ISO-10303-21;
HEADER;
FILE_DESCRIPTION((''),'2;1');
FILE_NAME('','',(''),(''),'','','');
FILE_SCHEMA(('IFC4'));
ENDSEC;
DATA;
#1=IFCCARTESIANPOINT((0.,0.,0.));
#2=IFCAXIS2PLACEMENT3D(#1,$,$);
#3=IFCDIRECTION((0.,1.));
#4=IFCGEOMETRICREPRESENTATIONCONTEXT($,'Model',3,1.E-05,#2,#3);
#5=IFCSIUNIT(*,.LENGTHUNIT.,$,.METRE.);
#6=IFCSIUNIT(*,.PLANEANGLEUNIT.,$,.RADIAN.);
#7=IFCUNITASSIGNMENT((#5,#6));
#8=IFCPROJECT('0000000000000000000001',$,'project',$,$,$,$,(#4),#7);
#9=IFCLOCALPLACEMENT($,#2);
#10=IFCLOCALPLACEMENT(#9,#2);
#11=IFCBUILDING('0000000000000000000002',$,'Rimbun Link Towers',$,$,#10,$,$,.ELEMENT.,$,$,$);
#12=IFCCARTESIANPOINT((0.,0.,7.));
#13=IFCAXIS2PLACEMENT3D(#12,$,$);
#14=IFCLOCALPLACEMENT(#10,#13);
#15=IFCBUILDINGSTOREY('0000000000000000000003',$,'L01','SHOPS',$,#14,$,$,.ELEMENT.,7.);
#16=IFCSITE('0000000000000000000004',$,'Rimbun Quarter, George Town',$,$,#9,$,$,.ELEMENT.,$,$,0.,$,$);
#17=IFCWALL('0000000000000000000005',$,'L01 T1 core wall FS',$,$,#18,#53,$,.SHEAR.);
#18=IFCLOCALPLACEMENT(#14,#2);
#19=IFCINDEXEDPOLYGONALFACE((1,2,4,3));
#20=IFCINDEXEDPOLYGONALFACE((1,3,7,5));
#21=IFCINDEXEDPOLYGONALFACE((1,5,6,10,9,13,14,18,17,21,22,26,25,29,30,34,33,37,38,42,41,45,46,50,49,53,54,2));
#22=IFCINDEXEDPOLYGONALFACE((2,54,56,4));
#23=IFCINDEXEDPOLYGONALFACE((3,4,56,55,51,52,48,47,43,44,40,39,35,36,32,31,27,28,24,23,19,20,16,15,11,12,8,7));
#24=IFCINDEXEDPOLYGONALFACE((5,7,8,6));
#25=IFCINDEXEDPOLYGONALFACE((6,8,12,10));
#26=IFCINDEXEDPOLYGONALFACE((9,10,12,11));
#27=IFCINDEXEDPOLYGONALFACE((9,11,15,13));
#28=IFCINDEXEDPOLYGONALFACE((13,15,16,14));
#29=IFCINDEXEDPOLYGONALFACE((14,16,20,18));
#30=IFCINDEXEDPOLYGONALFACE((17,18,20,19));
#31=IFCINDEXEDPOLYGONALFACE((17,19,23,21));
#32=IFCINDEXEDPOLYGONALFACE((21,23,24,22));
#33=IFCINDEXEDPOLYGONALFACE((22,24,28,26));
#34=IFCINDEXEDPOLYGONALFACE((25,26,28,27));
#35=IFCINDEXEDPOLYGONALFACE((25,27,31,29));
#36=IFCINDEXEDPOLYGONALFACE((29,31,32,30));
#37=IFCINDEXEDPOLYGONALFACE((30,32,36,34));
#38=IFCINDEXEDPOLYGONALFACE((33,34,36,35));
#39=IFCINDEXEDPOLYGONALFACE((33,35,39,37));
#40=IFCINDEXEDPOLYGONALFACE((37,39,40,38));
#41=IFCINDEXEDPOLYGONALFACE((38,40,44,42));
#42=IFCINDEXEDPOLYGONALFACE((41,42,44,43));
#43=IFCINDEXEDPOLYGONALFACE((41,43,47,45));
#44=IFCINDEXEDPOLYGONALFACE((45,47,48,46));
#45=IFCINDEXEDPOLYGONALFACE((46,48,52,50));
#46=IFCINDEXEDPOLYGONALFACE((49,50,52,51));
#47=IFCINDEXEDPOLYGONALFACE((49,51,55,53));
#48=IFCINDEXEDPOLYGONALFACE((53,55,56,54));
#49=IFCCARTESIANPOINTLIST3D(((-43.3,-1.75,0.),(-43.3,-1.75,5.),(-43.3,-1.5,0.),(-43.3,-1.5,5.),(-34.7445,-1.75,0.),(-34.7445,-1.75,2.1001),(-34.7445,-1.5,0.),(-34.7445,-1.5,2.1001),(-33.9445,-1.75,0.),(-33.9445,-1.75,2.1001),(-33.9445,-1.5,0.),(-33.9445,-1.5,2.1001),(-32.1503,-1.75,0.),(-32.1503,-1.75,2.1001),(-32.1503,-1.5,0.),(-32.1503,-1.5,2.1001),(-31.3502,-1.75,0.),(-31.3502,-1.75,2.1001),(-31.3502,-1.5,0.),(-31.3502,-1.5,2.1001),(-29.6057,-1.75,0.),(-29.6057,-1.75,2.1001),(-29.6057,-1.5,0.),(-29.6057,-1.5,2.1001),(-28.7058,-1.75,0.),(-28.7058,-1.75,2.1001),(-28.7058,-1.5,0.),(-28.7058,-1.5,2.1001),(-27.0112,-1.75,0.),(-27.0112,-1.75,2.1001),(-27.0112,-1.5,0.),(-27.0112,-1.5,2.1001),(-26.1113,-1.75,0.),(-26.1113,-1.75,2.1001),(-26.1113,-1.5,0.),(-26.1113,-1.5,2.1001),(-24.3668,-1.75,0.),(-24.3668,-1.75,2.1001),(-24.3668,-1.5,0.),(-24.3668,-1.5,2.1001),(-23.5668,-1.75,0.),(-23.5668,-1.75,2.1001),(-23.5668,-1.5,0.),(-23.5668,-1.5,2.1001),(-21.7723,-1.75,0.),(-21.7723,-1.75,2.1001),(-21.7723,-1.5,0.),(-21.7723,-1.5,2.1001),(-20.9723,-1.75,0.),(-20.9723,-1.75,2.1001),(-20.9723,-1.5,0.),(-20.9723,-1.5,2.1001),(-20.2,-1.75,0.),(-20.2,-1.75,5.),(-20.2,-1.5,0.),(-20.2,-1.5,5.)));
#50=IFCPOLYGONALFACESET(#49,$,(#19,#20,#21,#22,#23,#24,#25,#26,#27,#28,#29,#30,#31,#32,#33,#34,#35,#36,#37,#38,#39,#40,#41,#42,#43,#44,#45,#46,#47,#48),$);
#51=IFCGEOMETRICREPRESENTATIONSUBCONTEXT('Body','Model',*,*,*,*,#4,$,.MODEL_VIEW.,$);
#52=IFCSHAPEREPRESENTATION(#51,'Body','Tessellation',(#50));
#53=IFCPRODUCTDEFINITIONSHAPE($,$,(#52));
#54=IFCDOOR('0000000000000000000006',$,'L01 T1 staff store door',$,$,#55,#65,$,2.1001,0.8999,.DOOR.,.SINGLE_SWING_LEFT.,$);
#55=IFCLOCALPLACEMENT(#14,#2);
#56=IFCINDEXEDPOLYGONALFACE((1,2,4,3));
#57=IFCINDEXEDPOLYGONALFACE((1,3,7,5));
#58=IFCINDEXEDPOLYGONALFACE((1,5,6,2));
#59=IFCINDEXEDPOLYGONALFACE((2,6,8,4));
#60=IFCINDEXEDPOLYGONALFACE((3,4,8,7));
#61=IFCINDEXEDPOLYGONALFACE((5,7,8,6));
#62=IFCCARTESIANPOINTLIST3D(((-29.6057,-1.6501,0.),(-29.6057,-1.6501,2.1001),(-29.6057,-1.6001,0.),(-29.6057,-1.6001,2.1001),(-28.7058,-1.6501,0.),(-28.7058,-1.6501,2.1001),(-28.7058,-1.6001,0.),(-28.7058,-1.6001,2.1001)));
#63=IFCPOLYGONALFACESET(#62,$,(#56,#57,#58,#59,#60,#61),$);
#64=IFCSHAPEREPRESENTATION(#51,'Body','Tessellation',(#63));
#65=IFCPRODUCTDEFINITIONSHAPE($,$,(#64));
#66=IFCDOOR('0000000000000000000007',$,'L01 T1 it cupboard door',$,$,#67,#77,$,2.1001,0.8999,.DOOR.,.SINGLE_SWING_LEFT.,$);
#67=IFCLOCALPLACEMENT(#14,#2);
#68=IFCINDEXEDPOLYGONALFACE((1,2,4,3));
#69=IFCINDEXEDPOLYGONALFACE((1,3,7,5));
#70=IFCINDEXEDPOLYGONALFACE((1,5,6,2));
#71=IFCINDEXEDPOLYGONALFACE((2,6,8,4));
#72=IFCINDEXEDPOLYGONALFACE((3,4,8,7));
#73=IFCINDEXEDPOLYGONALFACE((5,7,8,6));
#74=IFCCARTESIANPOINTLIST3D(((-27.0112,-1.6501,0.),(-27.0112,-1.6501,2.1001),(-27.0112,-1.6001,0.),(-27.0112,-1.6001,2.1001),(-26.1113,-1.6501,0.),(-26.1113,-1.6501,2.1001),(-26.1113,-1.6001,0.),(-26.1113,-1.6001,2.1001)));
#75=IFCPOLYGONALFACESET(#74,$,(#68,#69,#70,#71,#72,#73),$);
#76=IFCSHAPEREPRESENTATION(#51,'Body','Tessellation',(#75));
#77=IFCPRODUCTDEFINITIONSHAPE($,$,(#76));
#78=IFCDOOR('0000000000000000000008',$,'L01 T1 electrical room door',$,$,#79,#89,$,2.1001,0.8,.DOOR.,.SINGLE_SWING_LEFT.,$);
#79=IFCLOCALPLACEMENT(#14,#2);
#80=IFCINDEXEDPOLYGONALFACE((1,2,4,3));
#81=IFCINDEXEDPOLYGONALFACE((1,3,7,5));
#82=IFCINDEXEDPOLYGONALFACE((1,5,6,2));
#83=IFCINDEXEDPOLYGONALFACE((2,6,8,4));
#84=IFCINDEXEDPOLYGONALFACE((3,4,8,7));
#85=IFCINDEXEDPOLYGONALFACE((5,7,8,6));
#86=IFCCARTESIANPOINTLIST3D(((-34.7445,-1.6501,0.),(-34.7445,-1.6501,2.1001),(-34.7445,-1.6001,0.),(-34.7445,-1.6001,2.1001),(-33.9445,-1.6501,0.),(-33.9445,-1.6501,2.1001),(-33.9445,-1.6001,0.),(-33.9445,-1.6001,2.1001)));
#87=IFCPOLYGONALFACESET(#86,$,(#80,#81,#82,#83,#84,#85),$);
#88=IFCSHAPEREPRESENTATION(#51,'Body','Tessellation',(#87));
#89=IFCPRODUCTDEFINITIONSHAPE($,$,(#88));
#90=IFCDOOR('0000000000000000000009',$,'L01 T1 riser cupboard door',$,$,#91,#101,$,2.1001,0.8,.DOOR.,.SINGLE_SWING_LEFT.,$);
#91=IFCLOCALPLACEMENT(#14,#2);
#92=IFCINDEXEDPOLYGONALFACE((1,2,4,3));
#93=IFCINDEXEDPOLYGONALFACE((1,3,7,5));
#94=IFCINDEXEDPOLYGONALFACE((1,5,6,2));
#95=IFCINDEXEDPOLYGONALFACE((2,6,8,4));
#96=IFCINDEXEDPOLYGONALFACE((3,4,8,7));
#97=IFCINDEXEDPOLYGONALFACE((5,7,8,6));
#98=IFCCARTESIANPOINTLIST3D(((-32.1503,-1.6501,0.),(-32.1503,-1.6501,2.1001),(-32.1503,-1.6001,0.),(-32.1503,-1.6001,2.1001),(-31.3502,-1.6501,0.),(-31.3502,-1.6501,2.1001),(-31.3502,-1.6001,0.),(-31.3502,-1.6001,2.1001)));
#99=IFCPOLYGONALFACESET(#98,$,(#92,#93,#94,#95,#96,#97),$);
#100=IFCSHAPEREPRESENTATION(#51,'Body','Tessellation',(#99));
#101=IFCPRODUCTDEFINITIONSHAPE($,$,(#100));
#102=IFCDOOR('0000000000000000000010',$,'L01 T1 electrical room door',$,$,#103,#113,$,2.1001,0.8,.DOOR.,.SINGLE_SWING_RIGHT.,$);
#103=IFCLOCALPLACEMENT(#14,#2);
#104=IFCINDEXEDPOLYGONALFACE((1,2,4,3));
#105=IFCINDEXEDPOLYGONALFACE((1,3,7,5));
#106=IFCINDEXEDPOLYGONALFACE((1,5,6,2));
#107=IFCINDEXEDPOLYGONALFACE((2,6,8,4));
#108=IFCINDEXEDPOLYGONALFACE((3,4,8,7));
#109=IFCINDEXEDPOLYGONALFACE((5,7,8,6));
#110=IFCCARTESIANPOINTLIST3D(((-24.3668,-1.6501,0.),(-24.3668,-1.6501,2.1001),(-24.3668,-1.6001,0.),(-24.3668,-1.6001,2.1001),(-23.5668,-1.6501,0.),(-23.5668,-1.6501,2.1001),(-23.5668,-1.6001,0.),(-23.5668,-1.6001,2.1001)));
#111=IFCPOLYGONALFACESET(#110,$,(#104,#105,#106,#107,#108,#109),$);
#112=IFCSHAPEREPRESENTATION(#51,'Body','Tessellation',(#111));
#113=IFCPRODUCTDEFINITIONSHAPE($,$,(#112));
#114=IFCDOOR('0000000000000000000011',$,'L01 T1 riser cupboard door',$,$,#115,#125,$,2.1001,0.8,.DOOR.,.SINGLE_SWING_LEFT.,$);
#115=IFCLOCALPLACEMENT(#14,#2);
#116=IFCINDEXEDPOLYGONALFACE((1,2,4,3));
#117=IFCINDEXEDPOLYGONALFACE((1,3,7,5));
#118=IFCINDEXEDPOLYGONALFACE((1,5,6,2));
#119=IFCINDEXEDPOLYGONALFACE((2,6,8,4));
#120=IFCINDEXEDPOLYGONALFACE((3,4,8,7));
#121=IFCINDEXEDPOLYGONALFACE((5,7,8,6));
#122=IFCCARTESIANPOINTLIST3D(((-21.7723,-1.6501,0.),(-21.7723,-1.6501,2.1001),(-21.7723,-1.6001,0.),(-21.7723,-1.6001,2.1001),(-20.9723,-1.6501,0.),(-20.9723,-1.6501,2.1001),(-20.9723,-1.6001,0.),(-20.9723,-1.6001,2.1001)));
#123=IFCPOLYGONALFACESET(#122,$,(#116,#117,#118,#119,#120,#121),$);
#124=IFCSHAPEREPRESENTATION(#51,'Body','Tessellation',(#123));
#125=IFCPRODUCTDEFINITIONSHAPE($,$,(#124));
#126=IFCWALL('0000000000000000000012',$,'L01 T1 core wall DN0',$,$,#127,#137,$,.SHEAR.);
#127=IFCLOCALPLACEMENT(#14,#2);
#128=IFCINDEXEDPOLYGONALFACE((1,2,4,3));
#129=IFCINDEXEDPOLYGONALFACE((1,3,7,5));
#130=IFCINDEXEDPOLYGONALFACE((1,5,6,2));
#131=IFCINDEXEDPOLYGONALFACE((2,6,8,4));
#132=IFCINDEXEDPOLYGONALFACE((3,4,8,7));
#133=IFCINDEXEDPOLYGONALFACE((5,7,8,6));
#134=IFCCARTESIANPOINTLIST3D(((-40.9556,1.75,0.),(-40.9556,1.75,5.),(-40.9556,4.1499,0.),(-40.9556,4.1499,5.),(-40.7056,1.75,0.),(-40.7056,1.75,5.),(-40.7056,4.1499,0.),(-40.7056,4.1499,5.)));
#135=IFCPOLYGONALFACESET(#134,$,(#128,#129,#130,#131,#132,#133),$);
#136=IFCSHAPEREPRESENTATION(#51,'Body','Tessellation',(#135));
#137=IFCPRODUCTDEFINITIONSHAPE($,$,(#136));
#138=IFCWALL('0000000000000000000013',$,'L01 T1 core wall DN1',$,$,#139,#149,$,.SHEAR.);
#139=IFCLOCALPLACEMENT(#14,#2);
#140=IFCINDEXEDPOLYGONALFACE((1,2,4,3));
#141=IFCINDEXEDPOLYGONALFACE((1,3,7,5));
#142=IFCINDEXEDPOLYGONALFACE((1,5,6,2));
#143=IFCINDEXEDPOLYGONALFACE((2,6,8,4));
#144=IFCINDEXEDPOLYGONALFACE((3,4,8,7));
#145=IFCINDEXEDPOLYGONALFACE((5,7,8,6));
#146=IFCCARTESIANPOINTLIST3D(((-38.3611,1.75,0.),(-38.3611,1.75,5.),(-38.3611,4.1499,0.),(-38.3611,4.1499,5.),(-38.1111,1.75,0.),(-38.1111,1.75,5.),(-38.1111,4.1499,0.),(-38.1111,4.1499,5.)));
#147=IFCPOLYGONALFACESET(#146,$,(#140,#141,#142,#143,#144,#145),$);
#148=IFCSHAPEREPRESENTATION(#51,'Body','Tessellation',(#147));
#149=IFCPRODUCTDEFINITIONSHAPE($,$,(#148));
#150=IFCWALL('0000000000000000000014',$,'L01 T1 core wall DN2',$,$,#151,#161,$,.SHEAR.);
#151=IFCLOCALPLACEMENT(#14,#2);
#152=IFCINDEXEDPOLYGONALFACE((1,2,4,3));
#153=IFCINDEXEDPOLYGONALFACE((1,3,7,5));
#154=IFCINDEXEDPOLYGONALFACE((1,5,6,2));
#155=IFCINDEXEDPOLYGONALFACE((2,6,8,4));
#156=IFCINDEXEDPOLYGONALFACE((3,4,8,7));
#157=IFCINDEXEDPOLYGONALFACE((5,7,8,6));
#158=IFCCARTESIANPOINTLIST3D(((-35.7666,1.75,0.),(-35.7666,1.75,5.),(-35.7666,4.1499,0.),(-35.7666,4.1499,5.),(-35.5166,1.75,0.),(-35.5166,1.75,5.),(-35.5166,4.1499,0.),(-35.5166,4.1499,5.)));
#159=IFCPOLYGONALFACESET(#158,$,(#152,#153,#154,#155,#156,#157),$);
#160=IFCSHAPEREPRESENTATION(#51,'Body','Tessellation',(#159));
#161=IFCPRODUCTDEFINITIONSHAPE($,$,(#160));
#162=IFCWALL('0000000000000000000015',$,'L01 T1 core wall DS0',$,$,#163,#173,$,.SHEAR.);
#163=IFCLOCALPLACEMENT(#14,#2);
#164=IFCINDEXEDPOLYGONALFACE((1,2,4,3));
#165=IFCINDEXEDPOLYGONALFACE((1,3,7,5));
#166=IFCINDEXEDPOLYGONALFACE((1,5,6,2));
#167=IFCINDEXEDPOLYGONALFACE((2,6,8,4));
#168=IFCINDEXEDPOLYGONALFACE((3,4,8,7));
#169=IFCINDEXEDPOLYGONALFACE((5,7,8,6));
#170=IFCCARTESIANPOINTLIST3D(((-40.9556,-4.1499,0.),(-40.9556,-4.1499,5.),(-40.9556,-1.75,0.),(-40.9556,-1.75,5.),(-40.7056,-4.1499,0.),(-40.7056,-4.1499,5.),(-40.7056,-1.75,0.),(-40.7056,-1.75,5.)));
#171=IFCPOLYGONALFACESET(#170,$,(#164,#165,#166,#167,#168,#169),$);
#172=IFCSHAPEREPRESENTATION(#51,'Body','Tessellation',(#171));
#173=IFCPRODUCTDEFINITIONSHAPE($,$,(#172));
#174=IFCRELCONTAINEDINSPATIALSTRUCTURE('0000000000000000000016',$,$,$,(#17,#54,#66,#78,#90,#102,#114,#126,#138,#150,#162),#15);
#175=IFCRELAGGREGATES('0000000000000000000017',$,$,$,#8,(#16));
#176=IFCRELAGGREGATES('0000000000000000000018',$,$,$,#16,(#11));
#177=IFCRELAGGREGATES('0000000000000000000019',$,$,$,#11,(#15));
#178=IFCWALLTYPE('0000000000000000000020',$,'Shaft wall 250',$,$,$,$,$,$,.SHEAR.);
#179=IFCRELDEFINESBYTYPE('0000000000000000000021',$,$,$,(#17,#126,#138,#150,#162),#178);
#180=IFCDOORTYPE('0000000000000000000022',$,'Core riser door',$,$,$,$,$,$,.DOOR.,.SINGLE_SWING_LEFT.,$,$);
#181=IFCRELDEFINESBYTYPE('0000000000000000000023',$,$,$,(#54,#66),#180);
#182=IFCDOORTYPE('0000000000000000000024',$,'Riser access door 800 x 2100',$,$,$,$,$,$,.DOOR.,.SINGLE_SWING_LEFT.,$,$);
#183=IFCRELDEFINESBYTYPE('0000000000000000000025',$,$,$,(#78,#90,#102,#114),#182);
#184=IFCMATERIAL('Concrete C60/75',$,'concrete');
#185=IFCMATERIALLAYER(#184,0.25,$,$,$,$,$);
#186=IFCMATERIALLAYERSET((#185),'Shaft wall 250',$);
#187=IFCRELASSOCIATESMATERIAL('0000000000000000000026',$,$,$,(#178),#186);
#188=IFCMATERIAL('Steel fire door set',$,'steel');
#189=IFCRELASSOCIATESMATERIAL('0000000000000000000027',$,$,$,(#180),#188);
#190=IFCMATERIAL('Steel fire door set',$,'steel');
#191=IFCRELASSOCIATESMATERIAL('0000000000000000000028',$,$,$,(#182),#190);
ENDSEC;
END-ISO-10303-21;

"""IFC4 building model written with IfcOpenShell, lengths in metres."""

from ifc_helpers import new_model, si_unit, direction, frame, frame_2d, origin, place, context, subcontext, project, spatial, rectangle, extrude, material, layer, layer_set, type_object, element, fill, save


model = new_model("IFC4")

# Units and contexts
model_context = context("Model", 3, precision=1e-05, world=origin(), true_north=direction((0.0, 1.0)))
body_context = subcontext(model_context, "Body", "Model", "MODEL_VIEW")
ifc_project = project(units=[si_unit("LENGTHUNIT", "METRE"), si_unit("PLANEANGLEUNIT", "RADIAN")], contexts=[model_context])

# Site, building, storey
site_placement = place(None, origin())
site = spatial("IfcSite", under=ifc_project, at=site_placement, Name="Rimbun Quarter, George Town", CompositionType="ELEMENT", RefElevation=0.0)
building_placement = place(site_placement, origin())
building = spatial("IfcBuilding", under=site, at=building_placement, Name="Rimbun Link Towers", CompositionType="ELEMENT")
storey_placement = place(building_placement, frame((0.0, 0.0, 7.0)))
storey = spatial("IfcBuildingStorey", under=building, at=storey_placement, Name="L01", Description="SHOPS", CompositionType="ELEMENT", Elevation=7.0)

# Shared definitions
ifc_material_1 = material(Name="Concrete C60/75", Category="concrete")
ifc_layer = layer(ifc_material_1, 0.25)
ifc_layer_set = layer_set([ifc_layer], Name="Shaft wall 250")
wall_type = type_object("IfcWallType", Name="Shaft wall 250", PredefinedType="SHEAR", material=ifc_layer_set)

# Wall, openings, doors
wall_1_placement = place(storey_placement, frame((-43.3, -1.625, 0.0), z_axis=(0.0, 0.0, 1.0), x_axis=(1.0, 0.0, 0.0)))
wall_1 = element("IfcWall", 1, at=wall_1_placement, inside=storey, type_object=wall_type, Name="L01 T1 core wall FS", PredefinedType="SHEAR", context=body_context, shape_type="SweptSolid", body=[
    extrude(rectangle(XDim=23.1001, YDim=0.25, at=frame_2d((11.55, 0.0))), origin(), (0.0, 0.0, 1.0), 5.0),
])
opening_1_placement = place(wall_1_placement, frame((8.5557, 0.0, 0.0)))
opening_1 = element("IfcOpeningElement", 2, at=opening_1_placement, cuts=wall_1, PredefinedType="OPENING", context=body_context, shape_type="SweptSolid", body=[
    extrude(rectangle(XDim=0.8, YDim=2.1001, at=frame_2d((0.3999, 1.05))), frame((0.0, 0.135, 0.0), z_axis=(0.0, -1.0, 0.0), x_axis=(1.0, 0.0, 0.0)), (0.0, 0.0, 1.0), 0.27),
])
opening_2_placement = place(wall_1_placement, frame((11.1499, 0.0, 0.0)))
opening_2 = element("IfcOpeningElement", 3, at=opening_2_placement, cuts=wall_1, PredefinedType="OPENING", context=body_context, shape_type="SweptSolid", body=[
    extrude(rectangle(XDim=0.8, YDim=2.1001, at=frame_2d((0.3999, 1.05))), frame((0.0, 0.135, 0.0), z_axis=(0.0, -1.0, 0.0), x_axis=(1.0, 0.0, 0.0)), (0.0, 0.0, 1.0), 0.27),
])
opening_3_placement = place(wall_1_placement, frame((13.6943, 0.0, 0.0)))
opening_3 = element("IfcOpeningElement", 4, at=opening_3_placement, cuts=wall_1, PredefinedType="OPENING", context=body_context, shape_type="SweptSolid", body=[
    extrude(rectangle(XDim=0.8999, YDim=2.1001, at=frame_2d((0.45, 1.05))), frame((0.0, 0.135, 0.0), z_axis=(0.0, -1.0, 0.0), x_axis=(1.0, 0.0, 0.0)), (0.0, 0.0, 1.0), 0.27),
])
opening_4_placement = place(wall_1_placement, frame((16.2888, 0.0, 0.0)))
opening_4 = element("IfcOpeningElement", 5, at=opening_4_placement, cuts=wall_1, PredefinedType="OPENING", context=body_context, shape_type="SweptSolid", body=[
    extrude(rectangle(XDim=0.8999, YDim=2.1001, at=frame_2d((0.45, 1.05))), frame((0.0, 0.135, 0.0), z_axis=(0.0, -1.0, 0.0), x_axis=(1.0, 0.0, 0.0)), (0.0, 0.0, 1.0), 0.27),
])
opening_5_placement = place(wall_1_placement, frame((18.9333, 0.0, 0.0)))
opening_5 = element("IfcOpeningElement", 6, at=opening_5_placement, cuts=wall_1, PredefinedType="OPENING", context=body_context, shape_type="SweptSolid", body=[
    extrude(rectangle(XDim=0.8, YDim=2.1001, at=frame_2d((0.3999, 1.05))), frame((0.0, 0.135, 0.0), z_axis=(0.0, -1.0, 0.0), x_axis=(1.0, 0.0, 0.0)), (0.0, 0.0, 1.0), 0.27),
])
opening_6_placement = place(wall_1_placement, frame((21.5278, 0.0, 0.0)))
opening_6 = element("IfcOpeningElement", 7, at=opening_6_placement, cuts=wall_1, PredefinedType="OPENING", context=body_context, shape_type="SweptSolid", body=[
    extrude(rectangle(XDim=0.8, YDim=2.1001, at=frame_2d((0.3999, 1.05))), frame((0.0, 0.135, 0.0), z_axis=(0.0, -1.0, 0.0), x_axis=(1.0, 0.0, 0.0)), (0.0, 0.0, 1.0), 0.27),
])
ifc_material_2 = material(Name="Steel fire door set", Category="steel")
door_type_1 = type_object("IfcDoorType", Name="Core riser door", OperationType="SINGLE_SWING_LEFT", PredefinedType="DOOR", material=ifc_material_2)
door_1_placement = place(opening_3_placement, origin())
door_1 = element("IfcDoor", 8, at=door_1_placement, inside=storey, type_object=door_type_1, Name="L01 T1 staff store door", OperationType="SINGLE_SWING_LEFT", OverallHeight=2.1001, OverallWidth=0.8999, PredefinedType="DOOR", context=body_context, shape_type="SweptSolid", body=[
    extrude(rectangle(XDim=0.8999, YDim=2.1001, at=frame_2d((0.45, 1.05))), frame((0.0, 0.0249, 0.0), z_axis=(0.0, -1.0, 0.0), x_axis=(1.0, 0.0, 0.0)), (0.0, 0.0, 1.0), 0.05),
])
fill(opening_3, door_1)
door_2_placement = place(opening_4_placement, origin())
door_2 = element("IfcDoor", 9, at=door_2_placement, inside=storey, type_object=door_type_1, Name="L01 T1 it cupboard door", OperationType="SINGLE_SWING_LEFT", OverallHeight=2.1001, OverallWidth=0.8999, PredefinedType="DOOR", context=body_context, shape_type="SweptSolid", body=[
    extrude(rectangle(XDim=0.8999, YDim=2.1001, at=frame_2d((0.45, 1.05))), frame((0.0, 0.0249, 0.0), z_axis=(0.0, -1.0, 0.0), x_axis=(1.0, 0.0, 0.0)), (0.0, 0.0, 1.0), 0.05),
])
fill(opening_4, door_2)
ifc_material_3 = material(Name="Steel fire door set", Category="steel")
door_type_2 = type_object("IfcDoorType", Name="Riser access door 800 x 2100", OperationType="SINGLE_SWING_LEFT", PredefinedType="DOOR", material=ifc_material_3)
door_3_placement = place(opening_1_placement, origin())
door_3 = element("IfcDoor", 10, at=door_3_placement, inside=storey, type_object=door_type_2, Name="L01 T1 electrical room door", OperationType="SINGLE_SWING_LEFT", OverallHeight=2.1001, OverallWidth=0.8, PredefinedType="DOOR", context=body_context, shape_type="SweptSolid", body=[
    extrude(rectangle(XDim=0.8, YDim=2.1001, at=frame_2d((0.3999, 1.05))), frame((0.0, 0.0249, 0.0), z_axis=(0.0, -1.0, 0.0), x_axis=(1.0, 0.0, 0.0)), (0.0, 0.0, 1.0), 0.05),
])
fill(opening_1, door_3)
door_4_placement = place(opening_2_placement, origin())
door_4 = element("IfcDoor", 11, at=door_4_placement, inside=storey, type_object=door_type_2, Name="L01 T1 riser cupboard door", OperationType="SINGLE_SWING_LEFT", OverallHeight=2.1001, OverallWidth=0.8, PredefinedType="DOOR", context=body_context, shape_type="SweptSolid", body=[
    extrude(rectangle(XDim=0.8, YDim=2.1001, at=frame_2d((0.3999, 1.05))), frame((0.0, 0.0249, 0.0), z_axis=(0.0, -1.0, 0.0), x_axis=(1.0, 0.0, 0.0)), (0.0, 0.0, 1.0), 0.05),
])
fill(opening_2, door_4)
door_5_placement = place(opening_5_placement, origin())
door_5 = element("IfcDoor", 12, at=door_5_placement, inside=storey, type_object=door_type_2, Name="L01 T1 electrical room door", OperationType="SINGLE_SWING_RIGHT", OverallHeight=2.1001, OverallWidth=0.8, PredefinedType="DOOR", context=body_context, shape_type="SweptSolid", body=[
    extrude(rectangle(XDim=0.8, YDim=2.1001, at=frame_2d((0.3999, 1.05))), frame((0.0, 0.0249, 0.0), z_axis=(0.0, -1.0, 0.0), x_axis=(1.0, 0.0, 0.0)), (0.0, 0.0, 1.0), 0.05),
])
fill(opening_5, door_5)
door_6_placement = place(opening_6_placement, origin())
door_6 = element("IfcDoor", 13, at=door_6_placement, inside=storey, type_object=door_type_2, Name="L01 T1 riser cupboard door", OperationType="SINGLE_SWING_LEFT", OverallHeight=2.1001, OverallWidth=0.8, PredefinedType="DOOR", context=body_context, shape_type="SweptSolid", body=[
    extrude(rectangle(XDim=0.8, YDim=2.1001, at=frame_2d((0.3999, 1.05))), frame((0.0, 0.0249, 0.0), z_axis=(0.0, -1.0, 0.0), x_axis=(1.0, 0.0, 0.0)), (0.0, 0.0, 1.0), 0.05),
])
fill(opening_6, door_6)

# Walls
for number, where, z_axis, x_axis, name in (
    (14, (-40.8306, 1.75, 0.0), (0.0, 0.0, 1.0), (0.0, 1.0, 0.0), "L01 T1 core wall DN0"),
    (15, (-38.2361, 1.75, 0.0), (0.0, 0.0, 1.0), (0.0, 1.0, 0.0), "L01 T1 core wall DN1"),
    (16, (-35.6416, 1.75, 0.0), (0.0, 0.0, 1.0), (0.0, 1.0, 0.0), "L01 T1 core wall DN2"),
    (17, (-40.8306, -4.1499, 0.0), (0.0, 0.0, 1.0), (0.0, 1.0, 0.0), "L01 T1 core wall DS0"),
):
    element("IfcWall", number, at=place(storey_placement, frame(where, z_axis=z_axis, x_axis=x_axis)), inside=storey, type_object=wall_type, Name=name, PredefinedType="SHEAR", context=body_context, shape_type="SweptSolid", body=[
        extrude(rectangle(XDim=2.3999, YDim=0.25, at=frame_2d((1.2, 0.0))), origin(), (0.0, 0.0, 1.0), 5.0),
    ])

save(model, "model.ifc")
